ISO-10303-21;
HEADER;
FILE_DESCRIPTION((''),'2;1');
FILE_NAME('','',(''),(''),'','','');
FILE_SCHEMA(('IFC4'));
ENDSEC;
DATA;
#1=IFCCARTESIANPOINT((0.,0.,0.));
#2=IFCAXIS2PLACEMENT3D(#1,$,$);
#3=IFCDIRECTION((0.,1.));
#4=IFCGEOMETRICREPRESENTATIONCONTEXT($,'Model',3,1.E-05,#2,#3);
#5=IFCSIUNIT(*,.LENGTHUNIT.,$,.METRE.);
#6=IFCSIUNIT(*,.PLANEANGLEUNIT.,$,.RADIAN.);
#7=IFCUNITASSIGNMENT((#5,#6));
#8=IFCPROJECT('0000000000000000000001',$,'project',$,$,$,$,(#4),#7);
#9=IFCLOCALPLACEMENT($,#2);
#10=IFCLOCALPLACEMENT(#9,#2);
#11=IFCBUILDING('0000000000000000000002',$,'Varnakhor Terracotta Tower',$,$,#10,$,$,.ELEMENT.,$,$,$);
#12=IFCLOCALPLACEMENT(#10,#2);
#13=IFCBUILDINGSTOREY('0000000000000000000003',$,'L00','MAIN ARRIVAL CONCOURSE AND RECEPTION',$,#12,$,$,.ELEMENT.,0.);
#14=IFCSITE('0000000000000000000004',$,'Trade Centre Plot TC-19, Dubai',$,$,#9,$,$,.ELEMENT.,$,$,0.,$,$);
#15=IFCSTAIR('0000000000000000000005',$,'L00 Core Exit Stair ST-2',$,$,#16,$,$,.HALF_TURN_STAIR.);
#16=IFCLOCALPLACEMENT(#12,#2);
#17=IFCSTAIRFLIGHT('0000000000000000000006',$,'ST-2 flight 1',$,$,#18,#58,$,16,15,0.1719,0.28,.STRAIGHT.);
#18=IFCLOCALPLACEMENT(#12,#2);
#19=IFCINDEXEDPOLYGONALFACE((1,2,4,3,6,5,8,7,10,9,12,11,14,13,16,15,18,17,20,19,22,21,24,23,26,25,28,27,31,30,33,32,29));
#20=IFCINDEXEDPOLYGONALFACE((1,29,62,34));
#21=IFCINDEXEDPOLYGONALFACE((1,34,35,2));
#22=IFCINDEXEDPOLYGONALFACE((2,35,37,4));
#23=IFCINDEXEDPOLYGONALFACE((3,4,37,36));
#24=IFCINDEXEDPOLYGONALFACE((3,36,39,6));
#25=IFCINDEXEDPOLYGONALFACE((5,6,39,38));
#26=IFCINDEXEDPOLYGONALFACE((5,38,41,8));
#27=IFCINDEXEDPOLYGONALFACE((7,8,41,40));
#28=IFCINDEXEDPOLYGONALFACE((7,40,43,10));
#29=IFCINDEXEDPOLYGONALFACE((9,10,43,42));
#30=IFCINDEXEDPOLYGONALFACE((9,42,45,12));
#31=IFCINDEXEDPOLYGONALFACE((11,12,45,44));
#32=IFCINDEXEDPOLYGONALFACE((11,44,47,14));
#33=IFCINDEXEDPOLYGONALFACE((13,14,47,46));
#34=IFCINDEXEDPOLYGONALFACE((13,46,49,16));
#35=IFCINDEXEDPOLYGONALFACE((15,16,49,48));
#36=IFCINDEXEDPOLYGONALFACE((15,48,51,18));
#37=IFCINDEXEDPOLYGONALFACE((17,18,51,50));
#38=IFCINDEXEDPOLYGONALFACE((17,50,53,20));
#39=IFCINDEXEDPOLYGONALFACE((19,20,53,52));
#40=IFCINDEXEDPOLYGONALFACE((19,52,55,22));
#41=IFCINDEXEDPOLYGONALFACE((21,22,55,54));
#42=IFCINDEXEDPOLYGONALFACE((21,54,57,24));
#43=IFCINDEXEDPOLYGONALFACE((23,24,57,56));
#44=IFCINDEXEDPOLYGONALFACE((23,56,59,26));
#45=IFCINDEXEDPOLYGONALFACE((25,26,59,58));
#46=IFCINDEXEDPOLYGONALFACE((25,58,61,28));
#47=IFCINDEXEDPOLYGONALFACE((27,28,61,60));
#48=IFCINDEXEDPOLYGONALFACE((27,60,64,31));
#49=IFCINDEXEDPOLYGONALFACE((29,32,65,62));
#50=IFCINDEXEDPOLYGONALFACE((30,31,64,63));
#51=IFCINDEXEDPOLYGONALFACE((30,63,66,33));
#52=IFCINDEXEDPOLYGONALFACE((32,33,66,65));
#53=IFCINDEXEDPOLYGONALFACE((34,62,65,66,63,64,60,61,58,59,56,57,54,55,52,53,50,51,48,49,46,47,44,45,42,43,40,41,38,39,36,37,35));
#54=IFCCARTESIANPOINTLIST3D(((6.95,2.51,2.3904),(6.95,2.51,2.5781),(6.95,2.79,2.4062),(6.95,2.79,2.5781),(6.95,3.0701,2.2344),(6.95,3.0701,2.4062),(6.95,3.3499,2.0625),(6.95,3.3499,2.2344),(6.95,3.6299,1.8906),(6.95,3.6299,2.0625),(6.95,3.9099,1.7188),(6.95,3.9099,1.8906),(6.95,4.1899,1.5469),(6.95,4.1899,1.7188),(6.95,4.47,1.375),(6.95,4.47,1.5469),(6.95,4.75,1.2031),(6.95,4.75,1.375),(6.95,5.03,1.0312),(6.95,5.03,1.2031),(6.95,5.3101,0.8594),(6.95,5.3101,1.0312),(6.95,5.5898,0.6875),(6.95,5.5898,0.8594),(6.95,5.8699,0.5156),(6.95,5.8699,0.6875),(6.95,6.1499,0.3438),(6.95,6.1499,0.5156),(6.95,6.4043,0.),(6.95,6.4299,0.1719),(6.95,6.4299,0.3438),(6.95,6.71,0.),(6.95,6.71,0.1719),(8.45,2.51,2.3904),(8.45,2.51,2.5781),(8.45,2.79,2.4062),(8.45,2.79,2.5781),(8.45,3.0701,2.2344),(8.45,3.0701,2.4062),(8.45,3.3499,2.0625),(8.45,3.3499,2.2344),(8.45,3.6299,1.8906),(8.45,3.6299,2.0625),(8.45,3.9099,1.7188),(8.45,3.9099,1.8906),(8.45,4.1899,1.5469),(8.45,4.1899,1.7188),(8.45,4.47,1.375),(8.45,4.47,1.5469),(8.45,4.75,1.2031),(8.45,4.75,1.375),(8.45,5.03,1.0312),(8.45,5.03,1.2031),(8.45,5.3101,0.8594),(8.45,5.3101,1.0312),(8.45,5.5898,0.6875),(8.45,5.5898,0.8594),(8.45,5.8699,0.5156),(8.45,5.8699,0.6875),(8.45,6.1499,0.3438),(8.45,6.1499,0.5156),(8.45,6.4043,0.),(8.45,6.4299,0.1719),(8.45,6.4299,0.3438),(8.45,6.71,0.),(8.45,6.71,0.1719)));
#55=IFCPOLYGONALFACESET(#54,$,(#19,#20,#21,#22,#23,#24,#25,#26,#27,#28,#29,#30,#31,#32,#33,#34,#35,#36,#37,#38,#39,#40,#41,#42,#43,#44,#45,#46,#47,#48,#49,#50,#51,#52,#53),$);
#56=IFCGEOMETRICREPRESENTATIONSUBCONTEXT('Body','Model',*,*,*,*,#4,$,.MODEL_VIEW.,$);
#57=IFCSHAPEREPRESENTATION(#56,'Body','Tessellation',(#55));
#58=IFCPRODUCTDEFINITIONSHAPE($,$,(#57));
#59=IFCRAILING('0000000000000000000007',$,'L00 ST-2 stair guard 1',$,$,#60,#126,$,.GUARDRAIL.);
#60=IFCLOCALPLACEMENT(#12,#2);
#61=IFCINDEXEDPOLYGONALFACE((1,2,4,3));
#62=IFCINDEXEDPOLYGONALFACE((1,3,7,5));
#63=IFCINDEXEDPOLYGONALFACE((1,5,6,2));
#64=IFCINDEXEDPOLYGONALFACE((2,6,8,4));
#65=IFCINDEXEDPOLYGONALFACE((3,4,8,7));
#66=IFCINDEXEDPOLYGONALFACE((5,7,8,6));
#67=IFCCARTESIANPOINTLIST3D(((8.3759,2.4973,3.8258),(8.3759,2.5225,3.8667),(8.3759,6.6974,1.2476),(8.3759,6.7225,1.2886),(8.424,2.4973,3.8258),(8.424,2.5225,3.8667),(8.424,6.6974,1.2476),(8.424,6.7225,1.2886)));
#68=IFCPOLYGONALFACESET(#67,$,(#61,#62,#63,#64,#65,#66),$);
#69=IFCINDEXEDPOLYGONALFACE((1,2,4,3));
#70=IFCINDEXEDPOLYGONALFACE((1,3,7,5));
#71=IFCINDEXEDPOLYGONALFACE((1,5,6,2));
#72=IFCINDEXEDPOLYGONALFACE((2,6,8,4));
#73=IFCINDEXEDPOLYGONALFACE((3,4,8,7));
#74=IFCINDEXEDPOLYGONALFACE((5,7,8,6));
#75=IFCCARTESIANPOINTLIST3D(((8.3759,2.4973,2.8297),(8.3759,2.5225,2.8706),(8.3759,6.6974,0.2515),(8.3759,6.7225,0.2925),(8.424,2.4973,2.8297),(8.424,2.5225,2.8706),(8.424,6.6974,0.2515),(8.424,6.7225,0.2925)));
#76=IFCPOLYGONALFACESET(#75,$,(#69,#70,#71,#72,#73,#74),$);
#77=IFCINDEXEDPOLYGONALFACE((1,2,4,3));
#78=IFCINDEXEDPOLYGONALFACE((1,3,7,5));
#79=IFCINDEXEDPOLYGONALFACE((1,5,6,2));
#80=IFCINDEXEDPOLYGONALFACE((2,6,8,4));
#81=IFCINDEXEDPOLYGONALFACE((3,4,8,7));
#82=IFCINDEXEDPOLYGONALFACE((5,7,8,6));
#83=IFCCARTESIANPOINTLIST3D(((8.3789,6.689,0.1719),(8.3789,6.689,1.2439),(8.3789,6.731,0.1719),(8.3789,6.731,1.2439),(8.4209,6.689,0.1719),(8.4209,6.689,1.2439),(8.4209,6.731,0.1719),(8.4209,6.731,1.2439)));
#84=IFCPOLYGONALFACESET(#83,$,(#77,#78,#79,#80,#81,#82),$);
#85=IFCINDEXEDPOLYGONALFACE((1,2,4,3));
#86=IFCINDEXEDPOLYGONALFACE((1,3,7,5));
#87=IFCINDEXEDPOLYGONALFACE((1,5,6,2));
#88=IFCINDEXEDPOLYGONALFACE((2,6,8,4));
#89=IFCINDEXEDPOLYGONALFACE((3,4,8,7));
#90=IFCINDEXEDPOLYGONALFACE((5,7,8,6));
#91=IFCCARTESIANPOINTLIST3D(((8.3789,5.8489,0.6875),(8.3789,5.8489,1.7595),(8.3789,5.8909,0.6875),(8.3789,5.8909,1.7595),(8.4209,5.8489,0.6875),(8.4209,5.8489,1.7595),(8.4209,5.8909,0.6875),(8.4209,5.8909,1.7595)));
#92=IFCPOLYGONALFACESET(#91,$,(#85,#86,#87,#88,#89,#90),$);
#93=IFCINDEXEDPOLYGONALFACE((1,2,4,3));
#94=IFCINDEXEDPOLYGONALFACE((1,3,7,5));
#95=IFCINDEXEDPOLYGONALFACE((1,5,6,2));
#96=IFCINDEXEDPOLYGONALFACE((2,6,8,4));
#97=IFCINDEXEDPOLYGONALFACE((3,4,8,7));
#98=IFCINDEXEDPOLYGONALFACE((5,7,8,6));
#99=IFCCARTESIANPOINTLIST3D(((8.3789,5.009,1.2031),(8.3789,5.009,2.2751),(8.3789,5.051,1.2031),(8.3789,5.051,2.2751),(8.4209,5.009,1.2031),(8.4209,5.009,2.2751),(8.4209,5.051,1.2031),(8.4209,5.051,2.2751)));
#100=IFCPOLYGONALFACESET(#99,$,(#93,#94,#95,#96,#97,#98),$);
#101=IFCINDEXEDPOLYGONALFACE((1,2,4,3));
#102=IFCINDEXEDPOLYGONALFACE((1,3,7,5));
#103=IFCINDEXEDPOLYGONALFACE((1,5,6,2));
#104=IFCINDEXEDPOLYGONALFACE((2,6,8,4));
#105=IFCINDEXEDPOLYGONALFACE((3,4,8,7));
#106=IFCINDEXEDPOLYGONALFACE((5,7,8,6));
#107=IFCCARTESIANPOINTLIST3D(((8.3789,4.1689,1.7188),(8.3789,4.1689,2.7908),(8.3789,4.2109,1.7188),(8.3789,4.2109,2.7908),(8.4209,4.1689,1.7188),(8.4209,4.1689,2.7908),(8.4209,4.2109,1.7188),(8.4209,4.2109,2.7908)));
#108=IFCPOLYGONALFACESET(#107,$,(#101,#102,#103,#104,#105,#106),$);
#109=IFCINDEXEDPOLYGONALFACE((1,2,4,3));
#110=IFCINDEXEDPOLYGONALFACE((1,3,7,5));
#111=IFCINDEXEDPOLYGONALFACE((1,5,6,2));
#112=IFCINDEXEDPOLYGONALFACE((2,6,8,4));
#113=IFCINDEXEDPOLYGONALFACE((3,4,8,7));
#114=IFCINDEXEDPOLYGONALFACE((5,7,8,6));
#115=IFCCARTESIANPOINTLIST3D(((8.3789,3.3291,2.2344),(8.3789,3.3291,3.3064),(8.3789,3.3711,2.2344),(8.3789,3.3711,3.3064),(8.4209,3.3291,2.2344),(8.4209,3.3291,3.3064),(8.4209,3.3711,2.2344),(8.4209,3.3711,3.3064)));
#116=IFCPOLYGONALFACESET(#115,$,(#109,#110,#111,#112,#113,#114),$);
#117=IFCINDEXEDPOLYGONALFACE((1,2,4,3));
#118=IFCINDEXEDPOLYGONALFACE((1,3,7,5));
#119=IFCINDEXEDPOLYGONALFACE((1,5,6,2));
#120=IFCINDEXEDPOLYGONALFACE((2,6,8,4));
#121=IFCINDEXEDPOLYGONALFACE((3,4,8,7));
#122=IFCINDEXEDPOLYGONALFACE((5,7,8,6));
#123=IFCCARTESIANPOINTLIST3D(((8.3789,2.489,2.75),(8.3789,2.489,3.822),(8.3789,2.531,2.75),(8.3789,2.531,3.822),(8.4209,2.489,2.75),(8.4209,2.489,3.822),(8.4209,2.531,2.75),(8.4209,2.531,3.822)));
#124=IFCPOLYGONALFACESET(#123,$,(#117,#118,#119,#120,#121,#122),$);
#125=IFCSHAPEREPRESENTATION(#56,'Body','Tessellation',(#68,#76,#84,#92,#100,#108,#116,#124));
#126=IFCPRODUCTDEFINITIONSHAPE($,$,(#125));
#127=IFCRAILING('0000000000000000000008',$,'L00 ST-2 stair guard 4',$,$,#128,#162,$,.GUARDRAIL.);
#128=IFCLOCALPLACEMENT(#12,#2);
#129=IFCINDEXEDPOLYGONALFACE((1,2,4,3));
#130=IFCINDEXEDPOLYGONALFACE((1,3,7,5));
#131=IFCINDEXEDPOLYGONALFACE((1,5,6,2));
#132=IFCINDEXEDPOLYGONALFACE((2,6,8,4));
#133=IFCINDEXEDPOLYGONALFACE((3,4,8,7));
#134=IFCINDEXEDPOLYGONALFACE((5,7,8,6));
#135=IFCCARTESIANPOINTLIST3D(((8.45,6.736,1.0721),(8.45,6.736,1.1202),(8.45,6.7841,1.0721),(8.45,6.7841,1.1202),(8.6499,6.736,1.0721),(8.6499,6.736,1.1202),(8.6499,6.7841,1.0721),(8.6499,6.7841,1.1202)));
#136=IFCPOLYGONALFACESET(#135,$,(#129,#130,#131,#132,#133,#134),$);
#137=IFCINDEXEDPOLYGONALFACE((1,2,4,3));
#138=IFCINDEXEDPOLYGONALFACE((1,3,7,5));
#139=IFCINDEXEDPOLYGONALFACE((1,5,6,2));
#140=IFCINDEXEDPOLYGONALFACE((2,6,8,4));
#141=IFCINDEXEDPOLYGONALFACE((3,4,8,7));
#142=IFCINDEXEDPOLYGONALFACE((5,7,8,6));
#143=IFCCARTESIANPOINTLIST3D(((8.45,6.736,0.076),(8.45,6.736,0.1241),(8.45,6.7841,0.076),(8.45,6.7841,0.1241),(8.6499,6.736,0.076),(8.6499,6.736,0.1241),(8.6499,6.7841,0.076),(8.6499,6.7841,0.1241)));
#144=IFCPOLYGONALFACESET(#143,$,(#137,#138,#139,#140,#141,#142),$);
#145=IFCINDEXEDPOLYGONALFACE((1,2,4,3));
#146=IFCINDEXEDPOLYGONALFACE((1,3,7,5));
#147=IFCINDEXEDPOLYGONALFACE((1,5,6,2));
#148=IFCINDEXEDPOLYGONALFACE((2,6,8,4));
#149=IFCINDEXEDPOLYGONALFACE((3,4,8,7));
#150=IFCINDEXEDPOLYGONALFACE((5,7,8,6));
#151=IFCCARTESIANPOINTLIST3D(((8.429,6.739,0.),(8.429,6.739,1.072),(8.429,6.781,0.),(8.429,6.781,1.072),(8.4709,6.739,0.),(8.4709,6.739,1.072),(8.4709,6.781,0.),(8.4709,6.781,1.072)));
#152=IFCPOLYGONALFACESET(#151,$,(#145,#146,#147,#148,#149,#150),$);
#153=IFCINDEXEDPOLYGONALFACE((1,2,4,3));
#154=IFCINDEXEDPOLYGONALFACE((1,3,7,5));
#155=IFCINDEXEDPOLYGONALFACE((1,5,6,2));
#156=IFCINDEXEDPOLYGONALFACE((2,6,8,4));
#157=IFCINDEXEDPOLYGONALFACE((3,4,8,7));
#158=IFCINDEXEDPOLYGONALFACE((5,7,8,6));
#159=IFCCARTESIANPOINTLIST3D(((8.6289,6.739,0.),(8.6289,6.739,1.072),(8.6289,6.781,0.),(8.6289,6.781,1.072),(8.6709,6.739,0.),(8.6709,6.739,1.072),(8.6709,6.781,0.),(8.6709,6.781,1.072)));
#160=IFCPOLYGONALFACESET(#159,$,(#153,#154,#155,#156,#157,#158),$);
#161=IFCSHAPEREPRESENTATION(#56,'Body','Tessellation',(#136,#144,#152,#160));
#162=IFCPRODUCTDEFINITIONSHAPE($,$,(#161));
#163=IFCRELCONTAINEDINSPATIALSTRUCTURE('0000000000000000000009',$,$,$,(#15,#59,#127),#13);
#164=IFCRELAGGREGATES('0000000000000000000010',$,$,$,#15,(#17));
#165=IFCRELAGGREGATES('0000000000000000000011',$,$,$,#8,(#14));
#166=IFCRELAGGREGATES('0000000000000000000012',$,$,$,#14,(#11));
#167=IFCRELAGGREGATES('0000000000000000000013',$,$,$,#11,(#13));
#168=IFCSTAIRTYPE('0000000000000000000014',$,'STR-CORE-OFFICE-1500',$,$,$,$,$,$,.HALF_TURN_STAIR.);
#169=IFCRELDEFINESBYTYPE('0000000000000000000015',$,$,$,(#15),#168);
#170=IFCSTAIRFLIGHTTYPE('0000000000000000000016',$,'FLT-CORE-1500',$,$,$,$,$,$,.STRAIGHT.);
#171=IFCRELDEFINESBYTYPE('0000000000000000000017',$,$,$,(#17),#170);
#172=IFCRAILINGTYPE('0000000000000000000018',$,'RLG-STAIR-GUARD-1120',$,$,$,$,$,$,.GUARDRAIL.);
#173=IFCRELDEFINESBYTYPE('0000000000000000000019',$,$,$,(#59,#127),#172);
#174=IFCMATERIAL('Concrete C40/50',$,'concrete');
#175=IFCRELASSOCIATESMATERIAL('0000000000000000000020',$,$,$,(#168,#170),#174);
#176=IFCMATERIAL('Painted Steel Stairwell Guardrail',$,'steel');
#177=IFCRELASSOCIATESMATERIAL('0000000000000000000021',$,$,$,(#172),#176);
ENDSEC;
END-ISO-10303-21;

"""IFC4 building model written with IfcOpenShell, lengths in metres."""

from ifc_helpers import new_model, si_unit, direction, frame, origin, origin_2d, place, context, subcontext, project, spatial, polyline, rectangle, outline, extrude, material, type_object, element, aggregate, save


model = new_model("IFC4")

# Units and contexts
model_context = context("Model", 3, precision=1e-05, world=origin(), true_north=direction((0.0, 1.0)))
body_context = subcontext(model_context, "Body", "Model", "MODEL_VIEW")
ifc_project = project(units=[si_unit("LENGTHUNIT", "METRE"), si_unit("PLANEANGLEUNIT", "RADIAN")], contexts=[model_context])

# Site, building, storey
site_placement = place(None, origin())
site = spatial("IfcSite", under=ifc_project, at=site_placement, Name="Trade Centre Plot TC-19, Dubai", CompositionType="ELEMENT", RefElevation=0.0)
building_placement = place(site_placement, origin())
building = spatial("IfcBuilding", under=site, at=building_placement, Name="Varnakhor Terracotta Tower", CompositionType="ELEMENT")
storey_placement = place(building_placement, origin())
storey = spatial("IfcBuildingStorey", under=building, at=storey_placement, Name="L00", Description="MAIN ARRIVAL CONCOURSE AND RECEPTION", CompositionType="ELEMENT", Elevation=0.0)

# Shared definitions
ifc_material_1 = material(Name="Concrete C40/50", Category="concrete")

# Stair, stair flight
stair_type = type_object("IfcStairType", Name="STR-CORE-OFFICE-1500", PredefinedType="HALF_TURN_STAIR", material=ifc_material_1)
stair_placement = place(storey_placement, origin())
stair = element("IfcStair", 1, at=stair_placement, inside=storey, type_object=stair_type, Name="L00 Core Exit Stair ST-2", PredefinedType="HALF_TURN_STAIR")
stair_flight_type = type_object("IfcStairFlightType", Name="FLT-CORE-1500", PredefinedType="STRAIGHT", material=ifc_material_1)
stair_flight_placement = place(storey_placement, frame((7.7, 6.71, 0.0), z_axis=(0.0, 0.0, 1.0), x_axis=(0.0, -1.0, 0.0)))
stair_flight = element("IfcStairFlight", 2, at=stair_flight_placement, type_object=stair_flight_type, Name="ST-2 flight 1", NumberOfRisers=16, NumberOfTreads=15, PredefinedType="STRAIGHT", RiserHeight=0.1719, TreadLength=0.28, context=body_context, shape_type="SweptSolid", body=[
    extrude(outline(polyline([(0.0, 0.0), (0.0, 0.1719), (0.28, 0.1719), (0.28, 0.3438), (0.5601, 0.3438), (0.5601, 0.5156), (0.8401, 0.5156), (0.8401, 0.6875), (1.1201, 0.6875), (1.1201, 0.8594), (1.3999, 0.8594), (1.3999, 1.0312), (1.6799, 1.0312), (1.6799, 1.2031), (1.96, 1.2031), (1.96, 1.375), (2.24, 1.375), (2.24, 1.5469), (2.52, 1.5469), (2.52, 1.7188), (2.8, 1.7188), (2.8, 1.8906), (3.0801, 1.8906), (3.0801, 2.0625), (3.3601, 2.0625), (3.3601, 2.2344), (3.6399, 2.2344), (3.6399, 2.4062), (3.9199, 2.4062), (3.9199, 2.5781), (4.2, 2.5781), (4.2, 2.75), (4.2, 2.3904), (0.3057, 0.0), (0.0, 0.0)])), frame((0.0, 0.75, 0.0), z_axis=(0.0, -1.0, 0.0), x_axis=(1.0, 0.0, 0.0)), (0.0, 0.0, 1.0), 1.5),
])
aggregate(stair, [stair_flight])

# Railings
ifc_material_2 = material(Name="Painted Steel Stairwell Guardrail", Category="steel")
railing_type_1 = type_object("IfcRailingType", Name="RLG-STAIR-GUARD-1120", PredefinedType="GUARDRAIL", material=ifc_material_2)
railing_1_placement = place(storey_placement, frame((8.3999, 6.71, 0.1719)))
element("IfcRailing", 3, at=railing_1_placement, inside=storey, type_object=railing_type_1, Name="L00 ST-2 stair guard 1", PredefinedType="GUARDRAIL", context=body_context, shape_type="SweptSolid", body=[
    extrude(rectangle(XDim=0.0481, YDim=0.0481, at=origin_2d()), frame((0.0, 0.0, 1.0962), z_axis=(0.0, -0.852243, 0.523146), x_axis=(1.0, 0.0, 0.0)), (0.0, 0.0, 1.0), 4.9282),
    extrude(rectangle(XDim=0.0481, YDim=0.0481, at=origin_2d()), frame((0.0, 0.0, 0.1001), z_axis=(0.0, -0.852243, 0.523146), x_axis=(1.0, 0.0, 0.0)), (0.0, 0.0, 1.0), 4.9282),
    extrude(rectangle(XDim=0.042, YDim=0.042, at=origin_2d()), origin(), (0.0, 0.0, 1.0), 1.072),
    extrude(rectangle(XDim=0.042, YDim=0.042, at=origin_2d()), frame((0.0, -0.8401, 0.5156)), (0.0, 0.0, 1.0), 1.072),
    extrude(rectangle(XDim=0.042, YDim=0.042, at=origin_2d()), frame((0.0, -1.6799, 1.0312)), (0.0, 0.0, 1.0), 1.072),
    extrude(rectangle(XDim=0.042, YDim=0.042, at=origin_2d()), frame((0.0, -2.52, 1.5469)), (0.0, 0.0, 1.0), 1.072),
    extrude(rectangle(XDim=0.042, YDim=0.042, at=origin_2d()), frame((0.0, -3.3599, 2.0625)), (0.0, 0.0, 1.0), 1.072),
    extrude(rectangle(XDim=0.042, YDim=0.042, at=origin_2d()), frame((0.0, -4.2, 2.5781)), (0.0, 0.0, 1.0), 1.072),
])
railing_2_placement = place(storey_placement, frame((8.45, 6.76, 0.0)))
element("IfcRailing", 4, at=railing_2_placement, inside=storey, type_object=railing_type_1, Name="L00 ST-2 stair guard 4", PredefinedType="GUARDRAIL", context=body_context, shape_type="SweptSolid", body=[
    extrude(rectangle(XDim=0.0481, YDim=0.0481, at=origin_2d()), frame((0.0, 0.0, 1.0962), z_axis=(1.0, 0.0, 0.0), x_axis=(0.0, 1.0, 0.0)), (0.0, 0.0, 1.0), 0.2),
    extrude(rectangle(XDim=0.0481, YDim=0.0481, at=origin_2d()), frame((0.0, 0.0, 0.1001), z_axis=(1.0, 0.0, 0.0), x_axis=(0.0, 1.0, 0.0)), (0.0, 0.0, 1.0), 0.2),
    extrude(rectangle(XDim=0.042, YDim=0.042, at=origin_2d()), origin(), (0.0, 0.0, 1.0), 1.072),
    extrude(rectangle(XDim=0.042, YDim=0.042, at=origin_2d()), frame((0.2, 0.0, 0.0)), (0.0, 0.0, 1.0), 1.072),
])

save(model, "model.ifc")
